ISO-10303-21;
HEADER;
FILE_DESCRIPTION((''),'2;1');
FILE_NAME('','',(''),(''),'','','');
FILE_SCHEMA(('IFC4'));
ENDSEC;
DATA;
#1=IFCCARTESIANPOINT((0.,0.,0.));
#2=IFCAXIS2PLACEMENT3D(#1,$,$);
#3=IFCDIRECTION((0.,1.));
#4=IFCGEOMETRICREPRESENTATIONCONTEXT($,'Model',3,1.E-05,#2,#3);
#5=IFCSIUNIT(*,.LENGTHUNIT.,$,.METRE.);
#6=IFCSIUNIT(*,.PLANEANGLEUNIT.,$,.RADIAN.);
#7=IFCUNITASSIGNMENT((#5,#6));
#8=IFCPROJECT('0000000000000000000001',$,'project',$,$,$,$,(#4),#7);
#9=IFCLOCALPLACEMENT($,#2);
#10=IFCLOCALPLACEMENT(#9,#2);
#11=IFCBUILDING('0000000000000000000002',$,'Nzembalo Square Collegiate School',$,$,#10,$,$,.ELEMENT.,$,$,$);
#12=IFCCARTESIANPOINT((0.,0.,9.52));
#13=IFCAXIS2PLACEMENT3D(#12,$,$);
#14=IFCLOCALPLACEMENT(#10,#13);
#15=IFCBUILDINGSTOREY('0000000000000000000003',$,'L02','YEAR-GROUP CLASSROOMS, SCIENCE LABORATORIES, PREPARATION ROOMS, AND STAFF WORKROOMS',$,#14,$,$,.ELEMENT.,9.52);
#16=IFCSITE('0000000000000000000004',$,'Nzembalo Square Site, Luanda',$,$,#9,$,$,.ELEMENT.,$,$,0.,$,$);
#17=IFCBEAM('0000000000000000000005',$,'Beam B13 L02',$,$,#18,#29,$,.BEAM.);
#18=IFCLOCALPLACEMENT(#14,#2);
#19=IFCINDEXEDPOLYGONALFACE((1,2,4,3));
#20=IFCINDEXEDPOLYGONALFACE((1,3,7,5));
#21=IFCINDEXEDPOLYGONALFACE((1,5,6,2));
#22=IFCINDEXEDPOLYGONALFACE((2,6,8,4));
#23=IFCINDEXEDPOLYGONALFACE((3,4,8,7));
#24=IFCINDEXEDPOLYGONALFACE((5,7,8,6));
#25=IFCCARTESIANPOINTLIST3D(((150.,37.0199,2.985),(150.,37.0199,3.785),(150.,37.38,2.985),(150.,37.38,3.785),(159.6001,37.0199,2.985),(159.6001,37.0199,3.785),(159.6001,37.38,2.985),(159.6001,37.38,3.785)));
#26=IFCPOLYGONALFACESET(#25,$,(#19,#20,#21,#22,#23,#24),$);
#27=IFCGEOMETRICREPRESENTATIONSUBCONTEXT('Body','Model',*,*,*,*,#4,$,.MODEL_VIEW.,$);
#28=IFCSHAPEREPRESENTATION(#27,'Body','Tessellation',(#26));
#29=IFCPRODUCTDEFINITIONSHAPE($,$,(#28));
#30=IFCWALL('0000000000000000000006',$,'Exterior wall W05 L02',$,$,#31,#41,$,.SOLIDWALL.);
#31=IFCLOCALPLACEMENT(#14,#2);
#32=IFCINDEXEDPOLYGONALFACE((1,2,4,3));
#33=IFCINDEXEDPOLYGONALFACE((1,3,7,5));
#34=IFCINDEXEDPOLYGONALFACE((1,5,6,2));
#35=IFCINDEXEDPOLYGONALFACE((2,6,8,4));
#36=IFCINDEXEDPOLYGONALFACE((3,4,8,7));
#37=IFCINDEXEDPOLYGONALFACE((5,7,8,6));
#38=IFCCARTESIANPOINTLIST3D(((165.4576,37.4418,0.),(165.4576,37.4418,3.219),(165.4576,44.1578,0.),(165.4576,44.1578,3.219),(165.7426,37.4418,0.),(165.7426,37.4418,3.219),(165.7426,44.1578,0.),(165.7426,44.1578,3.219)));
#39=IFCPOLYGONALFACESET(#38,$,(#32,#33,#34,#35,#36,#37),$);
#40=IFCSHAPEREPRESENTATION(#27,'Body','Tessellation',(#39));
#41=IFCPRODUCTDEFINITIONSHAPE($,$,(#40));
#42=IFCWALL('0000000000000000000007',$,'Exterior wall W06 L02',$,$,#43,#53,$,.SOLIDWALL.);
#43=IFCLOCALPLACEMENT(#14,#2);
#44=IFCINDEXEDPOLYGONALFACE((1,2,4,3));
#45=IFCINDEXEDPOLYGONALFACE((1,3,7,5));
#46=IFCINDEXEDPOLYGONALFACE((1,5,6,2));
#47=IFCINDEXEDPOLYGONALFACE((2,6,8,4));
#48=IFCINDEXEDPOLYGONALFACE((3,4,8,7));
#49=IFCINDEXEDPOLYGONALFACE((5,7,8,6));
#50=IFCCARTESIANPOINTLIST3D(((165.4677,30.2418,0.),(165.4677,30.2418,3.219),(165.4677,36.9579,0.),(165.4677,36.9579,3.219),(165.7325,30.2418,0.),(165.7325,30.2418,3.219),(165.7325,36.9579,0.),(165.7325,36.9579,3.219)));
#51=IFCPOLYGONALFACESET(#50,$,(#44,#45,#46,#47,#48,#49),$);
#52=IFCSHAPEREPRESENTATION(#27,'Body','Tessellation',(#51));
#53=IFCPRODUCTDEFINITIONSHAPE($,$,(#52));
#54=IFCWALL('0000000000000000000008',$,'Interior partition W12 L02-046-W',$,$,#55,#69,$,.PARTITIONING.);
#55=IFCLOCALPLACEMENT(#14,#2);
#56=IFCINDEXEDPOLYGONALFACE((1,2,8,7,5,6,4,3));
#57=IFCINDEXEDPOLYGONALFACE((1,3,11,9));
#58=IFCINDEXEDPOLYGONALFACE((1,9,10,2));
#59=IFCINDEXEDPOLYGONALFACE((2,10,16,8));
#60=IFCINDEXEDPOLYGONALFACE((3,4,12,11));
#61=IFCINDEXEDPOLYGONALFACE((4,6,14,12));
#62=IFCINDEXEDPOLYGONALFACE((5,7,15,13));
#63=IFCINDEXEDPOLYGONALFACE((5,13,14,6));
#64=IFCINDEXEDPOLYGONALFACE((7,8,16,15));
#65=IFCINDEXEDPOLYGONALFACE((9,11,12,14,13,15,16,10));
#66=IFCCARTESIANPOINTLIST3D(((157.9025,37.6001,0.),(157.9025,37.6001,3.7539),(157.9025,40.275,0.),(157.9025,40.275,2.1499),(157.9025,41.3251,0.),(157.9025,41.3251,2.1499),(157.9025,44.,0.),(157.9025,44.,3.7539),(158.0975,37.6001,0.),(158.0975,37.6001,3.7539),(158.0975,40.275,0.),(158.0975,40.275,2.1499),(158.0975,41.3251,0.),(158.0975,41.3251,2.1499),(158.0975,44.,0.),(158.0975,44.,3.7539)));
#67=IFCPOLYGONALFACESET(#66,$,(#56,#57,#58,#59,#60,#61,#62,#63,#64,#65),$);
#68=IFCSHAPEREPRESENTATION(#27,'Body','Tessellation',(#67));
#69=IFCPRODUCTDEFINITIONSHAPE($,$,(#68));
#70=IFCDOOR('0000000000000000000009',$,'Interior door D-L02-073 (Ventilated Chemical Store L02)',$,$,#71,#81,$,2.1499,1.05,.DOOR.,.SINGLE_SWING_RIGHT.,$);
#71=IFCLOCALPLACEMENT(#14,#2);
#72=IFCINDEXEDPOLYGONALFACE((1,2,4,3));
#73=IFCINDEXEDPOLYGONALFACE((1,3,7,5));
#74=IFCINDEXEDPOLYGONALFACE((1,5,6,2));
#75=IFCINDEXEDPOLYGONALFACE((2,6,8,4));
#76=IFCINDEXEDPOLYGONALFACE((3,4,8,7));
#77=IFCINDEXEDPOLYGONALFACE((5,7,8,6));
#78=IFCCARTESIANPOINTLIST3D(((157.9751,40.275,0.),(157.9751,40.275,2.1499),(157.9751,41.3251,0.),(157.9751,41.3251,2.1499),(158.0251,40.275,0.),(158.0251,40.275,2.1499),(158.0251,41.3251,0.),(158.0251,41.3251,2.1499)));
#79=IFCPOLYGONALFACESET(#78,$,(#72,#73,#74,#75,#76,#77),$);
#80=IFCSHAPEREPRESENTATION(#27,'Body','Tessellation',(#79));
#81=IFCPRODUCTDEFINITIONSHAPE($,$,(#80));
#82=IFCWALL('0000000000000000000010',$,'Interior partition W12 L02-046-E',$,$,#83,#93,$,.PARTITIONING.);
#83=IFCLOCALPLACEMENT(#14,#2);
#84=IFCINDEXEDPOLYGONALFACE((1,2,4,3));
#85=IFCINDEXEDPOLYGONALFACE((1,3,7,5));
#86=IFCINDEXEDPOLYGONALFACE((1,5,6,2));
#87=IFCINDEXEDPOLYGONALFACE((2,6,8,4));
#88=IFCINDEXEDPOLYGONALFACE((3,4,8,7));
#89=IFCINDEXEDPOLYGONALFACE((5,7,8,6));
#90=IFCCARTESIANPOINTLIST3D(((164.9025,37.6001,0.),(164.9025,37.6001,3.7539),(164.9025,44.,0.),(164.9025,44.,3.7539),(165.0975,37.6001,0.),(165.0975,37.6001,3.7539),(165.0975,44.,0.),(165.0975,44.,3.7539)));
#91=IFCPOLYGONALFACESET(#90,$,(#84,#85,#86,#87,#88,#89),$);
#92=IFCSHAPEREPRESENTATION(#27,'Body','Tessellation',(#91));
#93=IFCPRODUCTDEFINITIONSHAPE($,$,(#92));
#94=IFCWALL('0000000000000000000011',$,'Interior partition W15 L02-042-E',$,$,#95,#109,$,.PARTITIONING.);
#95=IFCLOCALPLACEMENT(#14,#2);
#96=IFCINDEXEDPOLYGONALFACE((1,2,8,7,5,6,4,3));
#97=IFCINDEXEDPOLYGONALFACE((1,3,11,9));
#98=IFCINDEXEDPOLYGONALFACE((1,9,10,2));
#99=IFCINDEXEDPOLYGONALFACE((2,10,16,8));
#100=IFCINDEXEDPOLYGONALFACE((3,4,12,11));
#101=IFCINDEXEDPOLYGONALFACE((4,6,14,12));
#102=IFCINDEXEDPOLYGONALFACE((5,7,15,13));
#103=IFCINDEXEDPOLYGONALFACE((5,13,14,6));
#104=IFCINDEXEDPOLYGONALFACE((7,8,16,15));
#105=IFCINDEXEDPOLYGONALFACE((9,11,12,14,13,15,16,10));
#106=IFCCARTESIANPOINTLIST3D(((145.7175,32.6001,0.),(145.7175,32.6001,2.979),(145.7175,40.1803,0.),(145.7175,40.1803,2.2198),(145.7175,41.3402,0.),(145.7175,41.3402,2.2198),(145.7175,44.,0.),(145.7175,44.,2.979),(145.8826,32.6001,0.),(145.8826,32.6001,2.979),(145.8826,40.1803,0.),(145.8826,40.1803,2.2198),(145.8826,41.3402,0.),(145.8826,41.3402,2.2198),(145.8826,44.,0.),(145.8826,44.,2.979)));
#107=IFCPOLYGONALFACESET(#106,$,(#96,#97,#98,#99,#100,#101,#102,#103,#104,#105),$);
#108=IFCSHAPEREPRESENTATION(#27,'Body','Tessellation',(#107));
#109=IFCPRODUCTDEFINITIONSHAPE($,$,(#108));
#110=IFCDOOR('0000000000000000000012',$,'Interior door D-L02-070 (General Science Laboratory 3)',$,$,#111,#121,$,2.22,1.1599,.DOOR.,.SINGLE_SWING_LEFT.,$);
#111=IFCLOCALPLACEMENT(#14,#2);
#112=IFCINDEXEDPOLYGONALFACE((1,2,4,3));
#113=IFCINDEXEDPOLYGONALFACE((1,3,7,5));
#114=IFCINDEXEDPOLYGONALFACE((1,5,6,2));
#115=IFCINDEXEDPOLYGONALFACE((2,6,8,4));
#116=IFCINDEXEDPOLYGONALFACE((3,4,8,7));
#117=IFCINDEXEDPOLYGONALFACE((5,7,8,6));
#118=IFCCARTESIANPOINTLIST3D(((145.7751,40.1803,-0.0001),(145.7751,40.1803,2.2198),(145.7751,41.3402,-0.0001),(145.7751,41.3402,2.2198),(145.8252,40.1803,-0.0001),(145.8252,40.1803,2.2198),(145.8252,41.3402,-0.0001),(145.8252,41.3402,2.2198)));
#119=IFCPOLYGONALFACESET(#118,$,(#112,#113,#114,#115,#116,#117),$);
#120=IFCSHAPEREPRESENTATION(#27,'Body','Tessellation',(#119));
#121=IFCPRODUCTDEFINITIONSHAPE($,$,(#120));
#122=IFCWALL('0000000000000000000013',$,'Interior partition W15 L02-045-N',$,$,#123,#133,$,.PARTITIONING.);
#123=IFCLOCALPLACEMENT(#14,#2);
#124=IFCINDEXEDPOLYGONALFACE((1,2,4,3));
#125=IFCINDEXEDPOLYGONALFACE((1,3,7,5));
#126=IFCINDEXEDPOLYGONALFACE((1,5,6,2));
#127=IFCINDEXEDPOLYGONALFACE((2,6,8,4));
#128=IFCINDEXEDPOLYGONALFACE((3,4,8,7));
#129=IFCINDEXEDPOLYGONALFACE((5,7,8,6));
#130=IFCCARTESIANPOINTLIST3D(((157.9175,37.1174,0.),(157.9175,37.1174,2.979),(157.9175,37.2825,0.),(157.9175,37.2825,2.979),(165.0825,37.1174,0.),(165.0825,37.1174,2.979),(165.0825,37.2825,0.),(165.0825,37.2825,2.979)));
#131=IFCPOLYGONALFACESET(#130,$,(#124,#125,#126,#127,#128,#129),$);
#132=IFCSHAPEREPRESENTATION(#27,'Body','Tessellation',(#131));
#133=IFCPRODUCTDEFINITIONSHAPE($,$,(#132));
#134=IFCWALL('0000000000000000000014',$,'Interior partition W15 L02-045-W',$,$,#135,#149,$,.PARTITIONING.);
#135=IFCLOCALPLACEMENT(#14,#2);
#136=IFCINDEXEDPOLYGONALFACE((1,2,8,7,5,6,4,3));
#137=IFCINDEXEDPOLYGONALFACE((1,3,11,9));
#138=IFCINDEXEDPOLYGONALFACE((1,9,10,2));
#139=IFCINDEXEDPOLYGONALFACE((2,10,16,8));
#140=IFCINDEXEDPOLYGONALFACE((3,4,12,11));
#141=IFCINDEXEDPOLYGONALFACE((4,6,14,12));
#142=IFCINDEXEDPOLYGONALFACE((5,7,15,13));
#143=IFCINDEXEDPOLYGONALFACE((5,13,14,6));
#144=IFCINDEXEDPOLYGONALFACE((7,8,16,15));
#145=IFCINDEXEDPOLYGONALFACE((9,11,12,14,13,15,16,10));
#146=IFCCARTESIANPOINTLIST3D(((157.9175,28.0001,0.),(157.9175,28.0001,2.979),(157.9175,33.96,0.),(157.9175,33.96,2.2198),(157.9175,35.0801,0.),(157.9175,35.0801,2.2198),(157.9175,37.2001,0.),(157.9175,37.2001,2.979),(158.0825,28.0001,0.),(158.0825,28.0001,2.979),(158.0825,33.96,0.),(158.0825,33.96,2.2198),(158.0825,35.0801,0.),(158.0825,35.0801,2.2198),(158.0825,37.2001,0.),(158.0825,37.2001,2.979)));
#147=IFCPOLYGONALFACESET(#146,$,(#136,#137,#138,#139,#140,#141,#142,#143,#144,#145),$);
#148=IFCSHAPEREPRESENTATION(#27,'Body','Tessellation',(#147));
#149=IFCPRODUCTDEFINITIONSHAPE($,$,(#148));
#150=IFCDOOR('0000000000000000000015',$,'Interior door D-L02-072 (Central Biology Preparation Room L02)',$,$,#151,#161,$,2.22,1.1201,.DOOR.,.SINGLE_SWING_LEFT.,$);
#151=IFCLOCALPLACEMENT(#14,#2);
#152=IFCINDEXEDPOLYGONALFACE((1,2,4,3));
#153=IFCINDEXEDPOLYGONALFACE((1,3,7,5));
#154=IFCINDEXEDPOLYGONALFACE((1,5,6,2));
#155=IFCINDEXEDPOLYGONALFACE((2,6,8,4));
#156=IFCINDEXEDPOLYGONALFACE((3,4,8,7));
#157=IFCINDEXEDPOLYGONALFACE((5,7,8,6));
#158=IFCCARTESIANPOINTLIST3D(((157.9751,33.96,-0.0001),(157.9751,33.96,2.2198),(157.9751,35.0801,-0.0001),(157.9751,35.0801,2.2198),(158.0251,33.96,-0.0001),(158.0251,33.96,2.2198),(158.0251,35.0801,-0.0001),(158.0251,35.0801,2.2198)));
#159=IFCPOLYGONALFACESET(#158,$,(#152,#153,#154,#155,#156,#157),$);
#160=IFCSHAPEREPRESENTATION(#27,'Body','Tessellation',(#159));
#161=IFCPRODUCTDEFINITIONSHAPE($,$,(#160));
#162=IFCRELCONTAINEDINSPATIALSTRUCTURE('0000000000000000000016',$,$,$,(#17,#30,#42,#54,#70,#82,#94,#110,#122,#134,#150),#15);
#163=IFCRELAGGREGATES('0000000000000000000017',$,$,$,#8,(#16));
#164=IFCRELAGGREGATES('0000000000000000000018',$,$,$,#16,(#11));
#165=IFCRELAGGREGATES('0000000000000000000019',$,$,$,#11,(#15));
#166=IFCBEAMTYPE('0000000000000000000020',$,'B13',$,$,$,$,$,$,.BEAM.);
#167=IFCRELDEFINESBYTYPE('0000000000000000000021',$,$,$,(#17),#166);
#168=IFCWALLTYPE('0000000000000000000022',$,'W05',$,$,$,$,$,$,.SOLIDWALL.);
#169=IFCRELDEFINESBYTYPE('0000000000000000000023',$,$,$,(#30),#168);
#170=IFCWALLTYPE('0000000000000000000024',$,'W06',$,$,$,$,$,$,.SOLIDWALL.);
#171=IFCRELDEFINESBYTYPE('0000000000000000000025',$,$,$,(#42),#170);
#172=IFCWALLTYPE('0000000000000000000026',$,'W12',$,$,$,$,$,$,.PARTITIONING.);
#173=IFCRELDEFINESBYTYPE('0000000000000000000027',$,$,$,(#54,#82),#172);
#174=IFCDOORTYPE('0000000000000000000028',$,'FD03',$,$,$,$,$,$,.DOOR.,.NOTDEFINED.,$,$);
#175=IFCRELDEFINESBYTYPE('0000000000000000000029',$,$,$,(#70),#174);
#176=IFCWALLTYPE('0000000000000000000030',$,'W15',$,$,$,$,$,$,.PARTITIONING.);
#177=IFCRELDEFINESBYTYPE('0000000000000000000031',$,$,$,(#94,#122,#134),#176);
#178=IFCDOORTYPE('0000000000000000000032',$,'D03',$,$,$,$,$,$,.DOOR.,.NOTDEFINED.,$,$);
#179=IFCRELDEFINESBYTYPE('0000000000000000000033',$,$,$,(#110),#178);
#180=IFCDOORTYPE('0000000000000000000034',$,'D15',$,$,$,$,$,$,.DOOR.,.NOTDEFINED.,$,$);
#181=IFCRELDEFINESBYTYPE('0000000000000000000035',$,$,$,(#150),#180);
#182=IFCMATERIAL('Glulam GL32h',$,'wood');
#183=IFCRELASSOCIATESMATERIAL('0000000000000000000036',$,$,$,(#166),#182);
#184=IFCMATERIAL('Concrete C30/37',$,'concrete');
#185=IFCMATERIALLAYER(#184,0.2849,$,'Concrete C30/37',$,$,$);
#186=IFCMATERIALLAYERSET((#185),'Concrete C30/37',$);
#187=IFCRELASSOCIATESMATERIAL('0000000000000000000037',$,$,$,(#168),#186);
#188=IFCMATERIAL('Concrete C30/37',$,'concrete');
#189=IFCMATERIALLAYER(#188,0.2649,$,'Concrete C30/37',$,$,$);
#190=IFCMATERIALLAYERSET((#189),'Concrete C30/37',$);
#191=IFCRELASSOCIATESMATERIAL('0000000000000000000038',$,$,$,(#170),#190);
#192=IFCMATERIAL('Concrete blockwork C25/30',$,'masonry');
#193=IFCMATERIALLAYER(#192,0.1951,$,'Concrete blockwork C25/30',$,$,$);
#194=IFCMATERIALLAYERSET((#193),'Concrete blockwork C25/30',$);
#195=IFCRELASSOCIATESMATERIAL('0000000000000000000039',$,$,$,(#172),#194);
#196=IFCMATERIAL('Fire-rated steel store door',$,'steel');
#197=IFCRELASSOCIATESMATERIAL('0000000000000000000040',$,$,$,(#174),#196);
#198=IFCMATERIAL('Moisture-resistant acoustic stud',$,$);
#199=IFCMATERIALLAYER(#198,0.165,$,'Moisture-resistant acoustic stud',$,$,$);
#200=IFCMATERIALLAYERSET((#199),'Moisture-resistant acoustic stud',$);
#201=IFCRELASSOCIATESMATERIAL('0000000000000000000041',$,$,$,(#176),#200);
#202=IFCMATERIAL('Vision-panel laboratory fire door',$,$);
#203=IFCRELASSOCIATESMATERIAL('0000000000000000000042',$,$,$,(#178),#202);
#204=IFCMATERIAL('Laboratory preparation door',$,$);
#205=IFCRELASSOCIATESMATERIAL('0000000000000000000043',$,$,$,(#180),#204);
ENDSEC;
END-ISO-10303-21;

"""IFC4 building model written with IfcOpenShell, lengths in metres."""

from ifc_helpers import new_model, si_unit, direction, frame, frame_2d, origin, origin_2d, place, context, subcontext, project, spatial, rectangle, extrude, material, layer, layer_set, material_profile, profile_set, type_object, element, fill, save


model = new_model("IFC4")

# Units and contexts
model_context = context("Model", 3, precision=1e-05, world=origin(), true_north=direction((0.0, 1.0)))
body_context = subcontext(model_context, "Body", "Model", "MODEL_VIEW")
ifc_project = project(units=[si_unit("LENGTHUNIT", "METRE"), si_unit("PLANEANGLEUNIT", "RADIAN")], contexts=[model_context])

# Site, building, storey
site_placement = place(None, origin())
site = spatial("IfcSite", under=ifc_project, at=site_placement, Name="Nzembalo Square Site, Luanda", CompositionType="ELEMENT", RefElevation=0.0)
building_placement = place(site_placement, origin())
building = spatial("IfcBuilding", under=site, at=building_placement, Name="Nzembalo Square Collegiate School", CompositionType="ELEMENT")
storey_placement = place(building_placement, frame((0.0, 0.0, 9.52)))
storey = spatial("IfcBuildingStorey", under=building, at=storey_placement, Name="L02", Description="YEAR-GROUP CLASSROOMS, SCIENCE LABORATORIES, PREPARATION ROOMS, AND STAFF WORKROOMS", CompositionType="ELEMENT", Elevation=9.52)

# Beam
ifc_material_1 = material(Name="Glulam GL32h", Category="wood")
ifc_material_profile_1 = material_profile(ifc_material_1, rectangle(XDim=0.3601, YDim=0.8, at=origin_2d()), Name="GL32h 360x800")
ifc_profile_set_1 = profile_set([ifc_material_profile_1], Name="Glulam GL32h")
beam_type_1 = type_object("IfcBeamType", Name="B13", PredefinedType="BEAM", material=ifc_profile_set_1)
for number, where, z_axis, x_axis, name in (
    (1, (150.0, 37.2, 3.385), (1.0, 0.0, 0.0), (0.0, 1.0, 0.0), "Beam B13 L02"),
):
    element("IfcBeam", number, at=place(storey_placement, frame(where, z_axis=z_axis, x_axis=x_axis)), inside=storey, type_object=beam_type_1, Name=name, PredefinedType="BEAM", context=body_context, shape_type="SweptSolid", body=[
        extrude(rectangle(XDim=0.3601, YDim=0.8, at=origin_2d()), origin(), (0.0, 0.0, 1.0), 9.6001),
    ])

# Walls
ifc_material_2 = material(Name="Concrete C30/37", Category="concrete")
ifc_layer_1 = layer(ifc_material_2, 0.2849, Name="Concrete C30/37")
ifc_layer_set_1 = layer_set([ifc_layer_1], Name="Concrete C30/37")
wall_type_1 = type_object("IfcWallType", Name="W05", PredefinedType="SOLIDWALL", material=ifc_layer_set_1)
wall_1_placement = place(storey_placement, frame((165.6001, 37.4419, 0.0), z_axis=(0.0, 0.0, 1.0), x_axis=(0.0, 1.0, 0.0)))
element("IfcWall", 2, at=wall_1_placement, inside=storey, type_object=wall_type_1, Name="Exterior wall W05 L02", PredefinedType="SOLIDWALL", context=body_context, shape_type="SweptSolid", body=[
    extrude(rectangle(XDim=6.7161, YDim=0.2849, at=frame_2d((3.3579, 0.0))), origin(), (0.0, 0.0, 1.0), 3.219),
])
ifc_material_3 = material(Name="Concrete C30/37", Category="concrete")
ifc_layer_2 = layer(ifc_material_3, 0.2649, Name="Concrete C30/37")
ifc_layer_set_2 = layer_set([ifc_layer_2], Name="Concrete C30/37")
wall_type_2 = type_object("IfcWallType", Name="W06", PredefinedType="SOLIDWALL", material=ifc_layer_set_2)
wall_2_placement = place(storey_placement, frame((165.6001, 30.2419, 0.0), z_axis=(0.0, 0.0, 1.0), x_axis=(0.0, 1.0, 0.0)))
element("IfcWall", 3, at=wall_2_placement, inside=storey, type_object=wall_type_2, Name="Exterior wall W06 L02", PredefinedType="SOLIDWALL", context=body_context, shape_type="SweptSolid", body=[
    extrude(rectangle(XDim=6.7161, YDim=0.2649, at=frame_2d((3.3579, 0.0))), origin(), (0.0, 0.0, 1.0), 3.219),
])

# Wall, opening, door
ifc_material_4 = material(Name="Concrete blockwork C25/30", Category="masonry")
ifc_layer_3 = layer(ifc_material_4, 0.1951, Name="Concrete blockwork C25/30")
ifc_layer_set_3 = layer_set([ifc_layer_3], Name="Concrete blockwork C25/30")
wall_type_3 = type_object("IfcWallType", Name="W12", PredefinedType="PARTITIONING", material=ifc_layer_set_3)
wall_3_placement = place(storey_placement, frame((158.0, 37.6001, 0.0), z_axis=(0.0, 0.0, 1.0), x_axis=(0.0, 1.0, 0.0)))
wall_3 = element("IfcWall", 4, at=wall_3_placement, inside=storey, type_object=wall_type_3, Name="Interior partition W12 L02-046-W", PredefinedType="PARTITIONING", context=body_context, shape_type="SweptSolid", body=[
    extrude(rectangle(XDim=6.3999, YDim=0.1951, at=frame_2d((3.2, 0.0))), origin(), (0.0, 0.0, 1.0), 3.7539),
])
opening_1_placement = place(wall_3_placement, frame((2.675, 0.0, 0.0)))
opening_1 = element("IfcOpeningElement", 5, at=opening_1_placement, cuts=wall_3, PredefinedType="OPENING", context=body_context, shape_type="SweptSolid", body=[
    extrude(rectangle(XDim=1.05, YDim=2.1499, at=frame_2d((0.5249, 1.075))), frame((0.0, 0.1074, 0.0), z_axis=(0.0, -1.0, 0.0), x_axis=(1.0, 0.0, 0.0)), (0.0, 0.0, 1.0), 0.2151),
])
ifc_material_5 = material(Name="Fire-rated steel store door", Category="steel")
door_type_1 = type_object("IfcDoorType", Name="FD03", OperationType="NOTDEFINED", PredefinedType="DOOR", material=ifc_material_5)
door_1_placement = place(opening_1_placement, origin())
door_1 = element("IfcDoor", 6, at=door_1_placement, inside=storey, type_object=door_type_1, Name="Interior door D-L02-073 (Ventilated Chemical Store L02)", OperationType="SINGLE_SWING_RIGHT", OverallHeight=2.1499, OverallWidth=1.05, PredefinedType="DOOR", context=body_context, shape_type="SweptSolid", body=[
    extrude(rectangle(XDim=1.05, YDim=2.1499, at=frame_2d((0.5249, 1.075))), frame((0.0, 0.0249, 0.0), z_axis=(0.0, -1.0, 0.0), x_axis=(1.0, 0.0, 0.0)), (0.0, 0.0, 1.0), 0.05),
])
fill(opening_1, door_1)

# Wall
wall_4_placement = place(storey_placement, frame((165.0, 37.6001, 0.0), z_axis=(0.0, 0.0, 1.0), x_axis=(0.0, 1.0, 0.0)))
element("IfcWall", 7, at=wall_4_placement, inside=storey, type_object=wall_type_3, Name="Interior partition W12 L02-046-E", PredefinedType="PARTITIONING", context=body_context, shape_type="SweptSolid", body=[
    extrude(rectangle(XDim=6.3999, YDim=0.1951, at=frame_2d((3.2, 0.0))), origin(), (0.0, 0.0, 1.0), 3.7539),
])

# Wall, opening, door
ifc_material_6 = material(Name="Moisture-resistant acoustic stud")
ifc_layer_4 = layer(ifc_material_6, 0.165, Name="Moisture-resistant acoustic stud")
ifc_layer_set_4 = layer_set([ifc_layer_4], Name="Moisture-resistant acoustic stud")
wall_type_4 = type_object("IfcWallType", Name="W15", PredefinedType="PARTITIONING", material=ifc_layer_set_4)
wall_5_placement = place(storey_placement, frame((145.8, 32.6001, 0.0), z_axis=(0.0, 0.0, 1.0), x_axis=(0.0, 1.0, 0.0)))
wall_5 = element("IfcWall", 8, at=wall_5_placement, inside=storey, type_object=wall_type_4, Name="Interior partition W15 L02-042-E", PredefinedType="PARTITIONING", context=body_context, shape_type="SweptSolid", body=[
    extrude(rectangle(XDim=11.3999, YDim=0.165, at=frame_2d((5.7, 0.0))), origin(), (0.0, 0.0, 1.0), 2.979),
])
opening_2_placement = place(wall_5_placement, frame((7.5801, 0.0, 0.0)))
opening_2 = element("IfcOpeningElement", 9, at=opening_2_placement, cuts=wall_5, PredefinedType="OPENING", context=body_context, shape_type="SweptSolid", body=[
    extrude(rectangle(XDim=1.1599, YDim=2.22, at=frame_2d((0.5801, 1.1099))), frame((0.0, 0.0925, 0.0), z_axis=(0.0, -1.0, 0.0), x_axis=(1.0, 0.0, 0.0)), (0.0, 0.0, 1.0), 0.1851),
])
ifc_material_7 = material(Name="Vision-panel laboratory fire door")
door_type_2 = type_object("IfcDoorType", Name="D03", OperationType="NOTDEFINED", PredefinedType="DOOR", material=ifc_material_7)
door_2_placement = place(opening_2_placement, origin())
door_2 = element("IfcDoor", 10, at=door_2_placement, inside=storey, type_object=door_type_2, Name="Interior door D-L02-070 (General Science Laboratory 3)", OperationType="SINGLE_SWING_LEFT", OverallHeight=2.22, OverallWidth=1.1599, PredefinedType="DOOR", context=body_context, shape_type="SweptSolid", body=[
    extrude(rectangle(XDim=1.1599, YDim=2.22, at=frame_2d((0.5801, 1.1099))), frame((0.0, 0.0249, 0.0), z_axis=(0.0, -1.0, 0.0), x_axis=(1.0, 0.0, 0.0)), (0.0, 0.0, 1.0), 0.05),
])
fill(opening_2, door_2)

# Wall
wall_6_placement = place(storey_placement, frame((157.9175, 37.2, 0.0), z_axis=(0.0, 0.0, 1.0), x_axis=(1.0, 0.0, 0.0)))
element("IfcWall", 11, at=wall_6_placement, inside=storey, type_object=wall_type_4, Name="Interior partition W15 L02-045-N", PredefinedType="PARTITIONING", context=body_context, shape_type="SweptSolid", body=[
    extrude(rectangle(XDim=7.165, YDim=0.165, at=frame_2d((3.5825, 0.0))), origin(), (0.0, 0.0, 1.0), 2.979),
])

# Wall, opening, door
wall_7_placement = place(storey_placement, frame((158.0, 28.0, 0.0), z_axis=(0.0, 0.0, 1.0), x_axis=(0.0, 1.0, 0.0)))
wall_7 = element("IfcWall", 12, at=wall_7_placement, inside=storey, type_object=wall_type_4, Name="Interior partition W15 L02-045-W", PredefinedType="PARTITIONING", context=body_context, shape_type="SweptSolid", body=[
    extrude(rectangle(XDim=9.2, YDim=0.165, at=frame_2d((4.6001, 0.0))), origin(), (0.0, 0.0, 1.0), 2.979),
])
opening_3_placement = place(wall_7_placement, frame((5.96, 0.0, 0.0)))
opening_3 = element("IfcOpeningElement", 13, at=opening_3_placement, cuts=wall_7, PredefinedType="OPENING", context=body_context, shape_type="SweptSolid", body=[
    extrude(rectangle(XDim=1.1201, YDim=2.22, at=frame_2d((0.5601, 1.1099))), frame((0.0, 0.0925, 0.0), z_axis=(0.0, -1.0, 0.0), x_axis=(1.0, 0.0, 0.0)), (0.0, 0.0, 1.0), 0.1851),
])
ifc_material_8 = material(Name="Laboratory preparation door")
door_type_3 = type_object("IfcDoorType", Name="D15", OperationType="NOTDEFINED", PredefinedType="DOOR", material=ifc_material_8)
door_3_placement = place(opening_3_placement, origin())
door_3 = element("IfcDoor", 14, at=door_3_placement, inside=storey, type_object=door_type_3, Name="Interior door D-L02-072 (Central Biology Preparation Room L02)", OperationType="SINGLE_SWING_LEFT", OverallHeight=2.22, OverallWidth=1.1201, PredefinedType="DOOR", context=body_context, shape_type="SweptSolid", body=[
    extrude(rectangle(XDim=1.1201, YDim=2.22, at=frame_2d((0.5601, 1.1099))), frame((0.0, 0.0249, 0.0), z_axis=(0.0, -1.0, 0.0), x_axis=(1.0, 0.0, 0.0)), (0.0, 0.0, 1.0), 0.05),
])
fill(opening_3, door_3)

save(model, "model.ifc")
